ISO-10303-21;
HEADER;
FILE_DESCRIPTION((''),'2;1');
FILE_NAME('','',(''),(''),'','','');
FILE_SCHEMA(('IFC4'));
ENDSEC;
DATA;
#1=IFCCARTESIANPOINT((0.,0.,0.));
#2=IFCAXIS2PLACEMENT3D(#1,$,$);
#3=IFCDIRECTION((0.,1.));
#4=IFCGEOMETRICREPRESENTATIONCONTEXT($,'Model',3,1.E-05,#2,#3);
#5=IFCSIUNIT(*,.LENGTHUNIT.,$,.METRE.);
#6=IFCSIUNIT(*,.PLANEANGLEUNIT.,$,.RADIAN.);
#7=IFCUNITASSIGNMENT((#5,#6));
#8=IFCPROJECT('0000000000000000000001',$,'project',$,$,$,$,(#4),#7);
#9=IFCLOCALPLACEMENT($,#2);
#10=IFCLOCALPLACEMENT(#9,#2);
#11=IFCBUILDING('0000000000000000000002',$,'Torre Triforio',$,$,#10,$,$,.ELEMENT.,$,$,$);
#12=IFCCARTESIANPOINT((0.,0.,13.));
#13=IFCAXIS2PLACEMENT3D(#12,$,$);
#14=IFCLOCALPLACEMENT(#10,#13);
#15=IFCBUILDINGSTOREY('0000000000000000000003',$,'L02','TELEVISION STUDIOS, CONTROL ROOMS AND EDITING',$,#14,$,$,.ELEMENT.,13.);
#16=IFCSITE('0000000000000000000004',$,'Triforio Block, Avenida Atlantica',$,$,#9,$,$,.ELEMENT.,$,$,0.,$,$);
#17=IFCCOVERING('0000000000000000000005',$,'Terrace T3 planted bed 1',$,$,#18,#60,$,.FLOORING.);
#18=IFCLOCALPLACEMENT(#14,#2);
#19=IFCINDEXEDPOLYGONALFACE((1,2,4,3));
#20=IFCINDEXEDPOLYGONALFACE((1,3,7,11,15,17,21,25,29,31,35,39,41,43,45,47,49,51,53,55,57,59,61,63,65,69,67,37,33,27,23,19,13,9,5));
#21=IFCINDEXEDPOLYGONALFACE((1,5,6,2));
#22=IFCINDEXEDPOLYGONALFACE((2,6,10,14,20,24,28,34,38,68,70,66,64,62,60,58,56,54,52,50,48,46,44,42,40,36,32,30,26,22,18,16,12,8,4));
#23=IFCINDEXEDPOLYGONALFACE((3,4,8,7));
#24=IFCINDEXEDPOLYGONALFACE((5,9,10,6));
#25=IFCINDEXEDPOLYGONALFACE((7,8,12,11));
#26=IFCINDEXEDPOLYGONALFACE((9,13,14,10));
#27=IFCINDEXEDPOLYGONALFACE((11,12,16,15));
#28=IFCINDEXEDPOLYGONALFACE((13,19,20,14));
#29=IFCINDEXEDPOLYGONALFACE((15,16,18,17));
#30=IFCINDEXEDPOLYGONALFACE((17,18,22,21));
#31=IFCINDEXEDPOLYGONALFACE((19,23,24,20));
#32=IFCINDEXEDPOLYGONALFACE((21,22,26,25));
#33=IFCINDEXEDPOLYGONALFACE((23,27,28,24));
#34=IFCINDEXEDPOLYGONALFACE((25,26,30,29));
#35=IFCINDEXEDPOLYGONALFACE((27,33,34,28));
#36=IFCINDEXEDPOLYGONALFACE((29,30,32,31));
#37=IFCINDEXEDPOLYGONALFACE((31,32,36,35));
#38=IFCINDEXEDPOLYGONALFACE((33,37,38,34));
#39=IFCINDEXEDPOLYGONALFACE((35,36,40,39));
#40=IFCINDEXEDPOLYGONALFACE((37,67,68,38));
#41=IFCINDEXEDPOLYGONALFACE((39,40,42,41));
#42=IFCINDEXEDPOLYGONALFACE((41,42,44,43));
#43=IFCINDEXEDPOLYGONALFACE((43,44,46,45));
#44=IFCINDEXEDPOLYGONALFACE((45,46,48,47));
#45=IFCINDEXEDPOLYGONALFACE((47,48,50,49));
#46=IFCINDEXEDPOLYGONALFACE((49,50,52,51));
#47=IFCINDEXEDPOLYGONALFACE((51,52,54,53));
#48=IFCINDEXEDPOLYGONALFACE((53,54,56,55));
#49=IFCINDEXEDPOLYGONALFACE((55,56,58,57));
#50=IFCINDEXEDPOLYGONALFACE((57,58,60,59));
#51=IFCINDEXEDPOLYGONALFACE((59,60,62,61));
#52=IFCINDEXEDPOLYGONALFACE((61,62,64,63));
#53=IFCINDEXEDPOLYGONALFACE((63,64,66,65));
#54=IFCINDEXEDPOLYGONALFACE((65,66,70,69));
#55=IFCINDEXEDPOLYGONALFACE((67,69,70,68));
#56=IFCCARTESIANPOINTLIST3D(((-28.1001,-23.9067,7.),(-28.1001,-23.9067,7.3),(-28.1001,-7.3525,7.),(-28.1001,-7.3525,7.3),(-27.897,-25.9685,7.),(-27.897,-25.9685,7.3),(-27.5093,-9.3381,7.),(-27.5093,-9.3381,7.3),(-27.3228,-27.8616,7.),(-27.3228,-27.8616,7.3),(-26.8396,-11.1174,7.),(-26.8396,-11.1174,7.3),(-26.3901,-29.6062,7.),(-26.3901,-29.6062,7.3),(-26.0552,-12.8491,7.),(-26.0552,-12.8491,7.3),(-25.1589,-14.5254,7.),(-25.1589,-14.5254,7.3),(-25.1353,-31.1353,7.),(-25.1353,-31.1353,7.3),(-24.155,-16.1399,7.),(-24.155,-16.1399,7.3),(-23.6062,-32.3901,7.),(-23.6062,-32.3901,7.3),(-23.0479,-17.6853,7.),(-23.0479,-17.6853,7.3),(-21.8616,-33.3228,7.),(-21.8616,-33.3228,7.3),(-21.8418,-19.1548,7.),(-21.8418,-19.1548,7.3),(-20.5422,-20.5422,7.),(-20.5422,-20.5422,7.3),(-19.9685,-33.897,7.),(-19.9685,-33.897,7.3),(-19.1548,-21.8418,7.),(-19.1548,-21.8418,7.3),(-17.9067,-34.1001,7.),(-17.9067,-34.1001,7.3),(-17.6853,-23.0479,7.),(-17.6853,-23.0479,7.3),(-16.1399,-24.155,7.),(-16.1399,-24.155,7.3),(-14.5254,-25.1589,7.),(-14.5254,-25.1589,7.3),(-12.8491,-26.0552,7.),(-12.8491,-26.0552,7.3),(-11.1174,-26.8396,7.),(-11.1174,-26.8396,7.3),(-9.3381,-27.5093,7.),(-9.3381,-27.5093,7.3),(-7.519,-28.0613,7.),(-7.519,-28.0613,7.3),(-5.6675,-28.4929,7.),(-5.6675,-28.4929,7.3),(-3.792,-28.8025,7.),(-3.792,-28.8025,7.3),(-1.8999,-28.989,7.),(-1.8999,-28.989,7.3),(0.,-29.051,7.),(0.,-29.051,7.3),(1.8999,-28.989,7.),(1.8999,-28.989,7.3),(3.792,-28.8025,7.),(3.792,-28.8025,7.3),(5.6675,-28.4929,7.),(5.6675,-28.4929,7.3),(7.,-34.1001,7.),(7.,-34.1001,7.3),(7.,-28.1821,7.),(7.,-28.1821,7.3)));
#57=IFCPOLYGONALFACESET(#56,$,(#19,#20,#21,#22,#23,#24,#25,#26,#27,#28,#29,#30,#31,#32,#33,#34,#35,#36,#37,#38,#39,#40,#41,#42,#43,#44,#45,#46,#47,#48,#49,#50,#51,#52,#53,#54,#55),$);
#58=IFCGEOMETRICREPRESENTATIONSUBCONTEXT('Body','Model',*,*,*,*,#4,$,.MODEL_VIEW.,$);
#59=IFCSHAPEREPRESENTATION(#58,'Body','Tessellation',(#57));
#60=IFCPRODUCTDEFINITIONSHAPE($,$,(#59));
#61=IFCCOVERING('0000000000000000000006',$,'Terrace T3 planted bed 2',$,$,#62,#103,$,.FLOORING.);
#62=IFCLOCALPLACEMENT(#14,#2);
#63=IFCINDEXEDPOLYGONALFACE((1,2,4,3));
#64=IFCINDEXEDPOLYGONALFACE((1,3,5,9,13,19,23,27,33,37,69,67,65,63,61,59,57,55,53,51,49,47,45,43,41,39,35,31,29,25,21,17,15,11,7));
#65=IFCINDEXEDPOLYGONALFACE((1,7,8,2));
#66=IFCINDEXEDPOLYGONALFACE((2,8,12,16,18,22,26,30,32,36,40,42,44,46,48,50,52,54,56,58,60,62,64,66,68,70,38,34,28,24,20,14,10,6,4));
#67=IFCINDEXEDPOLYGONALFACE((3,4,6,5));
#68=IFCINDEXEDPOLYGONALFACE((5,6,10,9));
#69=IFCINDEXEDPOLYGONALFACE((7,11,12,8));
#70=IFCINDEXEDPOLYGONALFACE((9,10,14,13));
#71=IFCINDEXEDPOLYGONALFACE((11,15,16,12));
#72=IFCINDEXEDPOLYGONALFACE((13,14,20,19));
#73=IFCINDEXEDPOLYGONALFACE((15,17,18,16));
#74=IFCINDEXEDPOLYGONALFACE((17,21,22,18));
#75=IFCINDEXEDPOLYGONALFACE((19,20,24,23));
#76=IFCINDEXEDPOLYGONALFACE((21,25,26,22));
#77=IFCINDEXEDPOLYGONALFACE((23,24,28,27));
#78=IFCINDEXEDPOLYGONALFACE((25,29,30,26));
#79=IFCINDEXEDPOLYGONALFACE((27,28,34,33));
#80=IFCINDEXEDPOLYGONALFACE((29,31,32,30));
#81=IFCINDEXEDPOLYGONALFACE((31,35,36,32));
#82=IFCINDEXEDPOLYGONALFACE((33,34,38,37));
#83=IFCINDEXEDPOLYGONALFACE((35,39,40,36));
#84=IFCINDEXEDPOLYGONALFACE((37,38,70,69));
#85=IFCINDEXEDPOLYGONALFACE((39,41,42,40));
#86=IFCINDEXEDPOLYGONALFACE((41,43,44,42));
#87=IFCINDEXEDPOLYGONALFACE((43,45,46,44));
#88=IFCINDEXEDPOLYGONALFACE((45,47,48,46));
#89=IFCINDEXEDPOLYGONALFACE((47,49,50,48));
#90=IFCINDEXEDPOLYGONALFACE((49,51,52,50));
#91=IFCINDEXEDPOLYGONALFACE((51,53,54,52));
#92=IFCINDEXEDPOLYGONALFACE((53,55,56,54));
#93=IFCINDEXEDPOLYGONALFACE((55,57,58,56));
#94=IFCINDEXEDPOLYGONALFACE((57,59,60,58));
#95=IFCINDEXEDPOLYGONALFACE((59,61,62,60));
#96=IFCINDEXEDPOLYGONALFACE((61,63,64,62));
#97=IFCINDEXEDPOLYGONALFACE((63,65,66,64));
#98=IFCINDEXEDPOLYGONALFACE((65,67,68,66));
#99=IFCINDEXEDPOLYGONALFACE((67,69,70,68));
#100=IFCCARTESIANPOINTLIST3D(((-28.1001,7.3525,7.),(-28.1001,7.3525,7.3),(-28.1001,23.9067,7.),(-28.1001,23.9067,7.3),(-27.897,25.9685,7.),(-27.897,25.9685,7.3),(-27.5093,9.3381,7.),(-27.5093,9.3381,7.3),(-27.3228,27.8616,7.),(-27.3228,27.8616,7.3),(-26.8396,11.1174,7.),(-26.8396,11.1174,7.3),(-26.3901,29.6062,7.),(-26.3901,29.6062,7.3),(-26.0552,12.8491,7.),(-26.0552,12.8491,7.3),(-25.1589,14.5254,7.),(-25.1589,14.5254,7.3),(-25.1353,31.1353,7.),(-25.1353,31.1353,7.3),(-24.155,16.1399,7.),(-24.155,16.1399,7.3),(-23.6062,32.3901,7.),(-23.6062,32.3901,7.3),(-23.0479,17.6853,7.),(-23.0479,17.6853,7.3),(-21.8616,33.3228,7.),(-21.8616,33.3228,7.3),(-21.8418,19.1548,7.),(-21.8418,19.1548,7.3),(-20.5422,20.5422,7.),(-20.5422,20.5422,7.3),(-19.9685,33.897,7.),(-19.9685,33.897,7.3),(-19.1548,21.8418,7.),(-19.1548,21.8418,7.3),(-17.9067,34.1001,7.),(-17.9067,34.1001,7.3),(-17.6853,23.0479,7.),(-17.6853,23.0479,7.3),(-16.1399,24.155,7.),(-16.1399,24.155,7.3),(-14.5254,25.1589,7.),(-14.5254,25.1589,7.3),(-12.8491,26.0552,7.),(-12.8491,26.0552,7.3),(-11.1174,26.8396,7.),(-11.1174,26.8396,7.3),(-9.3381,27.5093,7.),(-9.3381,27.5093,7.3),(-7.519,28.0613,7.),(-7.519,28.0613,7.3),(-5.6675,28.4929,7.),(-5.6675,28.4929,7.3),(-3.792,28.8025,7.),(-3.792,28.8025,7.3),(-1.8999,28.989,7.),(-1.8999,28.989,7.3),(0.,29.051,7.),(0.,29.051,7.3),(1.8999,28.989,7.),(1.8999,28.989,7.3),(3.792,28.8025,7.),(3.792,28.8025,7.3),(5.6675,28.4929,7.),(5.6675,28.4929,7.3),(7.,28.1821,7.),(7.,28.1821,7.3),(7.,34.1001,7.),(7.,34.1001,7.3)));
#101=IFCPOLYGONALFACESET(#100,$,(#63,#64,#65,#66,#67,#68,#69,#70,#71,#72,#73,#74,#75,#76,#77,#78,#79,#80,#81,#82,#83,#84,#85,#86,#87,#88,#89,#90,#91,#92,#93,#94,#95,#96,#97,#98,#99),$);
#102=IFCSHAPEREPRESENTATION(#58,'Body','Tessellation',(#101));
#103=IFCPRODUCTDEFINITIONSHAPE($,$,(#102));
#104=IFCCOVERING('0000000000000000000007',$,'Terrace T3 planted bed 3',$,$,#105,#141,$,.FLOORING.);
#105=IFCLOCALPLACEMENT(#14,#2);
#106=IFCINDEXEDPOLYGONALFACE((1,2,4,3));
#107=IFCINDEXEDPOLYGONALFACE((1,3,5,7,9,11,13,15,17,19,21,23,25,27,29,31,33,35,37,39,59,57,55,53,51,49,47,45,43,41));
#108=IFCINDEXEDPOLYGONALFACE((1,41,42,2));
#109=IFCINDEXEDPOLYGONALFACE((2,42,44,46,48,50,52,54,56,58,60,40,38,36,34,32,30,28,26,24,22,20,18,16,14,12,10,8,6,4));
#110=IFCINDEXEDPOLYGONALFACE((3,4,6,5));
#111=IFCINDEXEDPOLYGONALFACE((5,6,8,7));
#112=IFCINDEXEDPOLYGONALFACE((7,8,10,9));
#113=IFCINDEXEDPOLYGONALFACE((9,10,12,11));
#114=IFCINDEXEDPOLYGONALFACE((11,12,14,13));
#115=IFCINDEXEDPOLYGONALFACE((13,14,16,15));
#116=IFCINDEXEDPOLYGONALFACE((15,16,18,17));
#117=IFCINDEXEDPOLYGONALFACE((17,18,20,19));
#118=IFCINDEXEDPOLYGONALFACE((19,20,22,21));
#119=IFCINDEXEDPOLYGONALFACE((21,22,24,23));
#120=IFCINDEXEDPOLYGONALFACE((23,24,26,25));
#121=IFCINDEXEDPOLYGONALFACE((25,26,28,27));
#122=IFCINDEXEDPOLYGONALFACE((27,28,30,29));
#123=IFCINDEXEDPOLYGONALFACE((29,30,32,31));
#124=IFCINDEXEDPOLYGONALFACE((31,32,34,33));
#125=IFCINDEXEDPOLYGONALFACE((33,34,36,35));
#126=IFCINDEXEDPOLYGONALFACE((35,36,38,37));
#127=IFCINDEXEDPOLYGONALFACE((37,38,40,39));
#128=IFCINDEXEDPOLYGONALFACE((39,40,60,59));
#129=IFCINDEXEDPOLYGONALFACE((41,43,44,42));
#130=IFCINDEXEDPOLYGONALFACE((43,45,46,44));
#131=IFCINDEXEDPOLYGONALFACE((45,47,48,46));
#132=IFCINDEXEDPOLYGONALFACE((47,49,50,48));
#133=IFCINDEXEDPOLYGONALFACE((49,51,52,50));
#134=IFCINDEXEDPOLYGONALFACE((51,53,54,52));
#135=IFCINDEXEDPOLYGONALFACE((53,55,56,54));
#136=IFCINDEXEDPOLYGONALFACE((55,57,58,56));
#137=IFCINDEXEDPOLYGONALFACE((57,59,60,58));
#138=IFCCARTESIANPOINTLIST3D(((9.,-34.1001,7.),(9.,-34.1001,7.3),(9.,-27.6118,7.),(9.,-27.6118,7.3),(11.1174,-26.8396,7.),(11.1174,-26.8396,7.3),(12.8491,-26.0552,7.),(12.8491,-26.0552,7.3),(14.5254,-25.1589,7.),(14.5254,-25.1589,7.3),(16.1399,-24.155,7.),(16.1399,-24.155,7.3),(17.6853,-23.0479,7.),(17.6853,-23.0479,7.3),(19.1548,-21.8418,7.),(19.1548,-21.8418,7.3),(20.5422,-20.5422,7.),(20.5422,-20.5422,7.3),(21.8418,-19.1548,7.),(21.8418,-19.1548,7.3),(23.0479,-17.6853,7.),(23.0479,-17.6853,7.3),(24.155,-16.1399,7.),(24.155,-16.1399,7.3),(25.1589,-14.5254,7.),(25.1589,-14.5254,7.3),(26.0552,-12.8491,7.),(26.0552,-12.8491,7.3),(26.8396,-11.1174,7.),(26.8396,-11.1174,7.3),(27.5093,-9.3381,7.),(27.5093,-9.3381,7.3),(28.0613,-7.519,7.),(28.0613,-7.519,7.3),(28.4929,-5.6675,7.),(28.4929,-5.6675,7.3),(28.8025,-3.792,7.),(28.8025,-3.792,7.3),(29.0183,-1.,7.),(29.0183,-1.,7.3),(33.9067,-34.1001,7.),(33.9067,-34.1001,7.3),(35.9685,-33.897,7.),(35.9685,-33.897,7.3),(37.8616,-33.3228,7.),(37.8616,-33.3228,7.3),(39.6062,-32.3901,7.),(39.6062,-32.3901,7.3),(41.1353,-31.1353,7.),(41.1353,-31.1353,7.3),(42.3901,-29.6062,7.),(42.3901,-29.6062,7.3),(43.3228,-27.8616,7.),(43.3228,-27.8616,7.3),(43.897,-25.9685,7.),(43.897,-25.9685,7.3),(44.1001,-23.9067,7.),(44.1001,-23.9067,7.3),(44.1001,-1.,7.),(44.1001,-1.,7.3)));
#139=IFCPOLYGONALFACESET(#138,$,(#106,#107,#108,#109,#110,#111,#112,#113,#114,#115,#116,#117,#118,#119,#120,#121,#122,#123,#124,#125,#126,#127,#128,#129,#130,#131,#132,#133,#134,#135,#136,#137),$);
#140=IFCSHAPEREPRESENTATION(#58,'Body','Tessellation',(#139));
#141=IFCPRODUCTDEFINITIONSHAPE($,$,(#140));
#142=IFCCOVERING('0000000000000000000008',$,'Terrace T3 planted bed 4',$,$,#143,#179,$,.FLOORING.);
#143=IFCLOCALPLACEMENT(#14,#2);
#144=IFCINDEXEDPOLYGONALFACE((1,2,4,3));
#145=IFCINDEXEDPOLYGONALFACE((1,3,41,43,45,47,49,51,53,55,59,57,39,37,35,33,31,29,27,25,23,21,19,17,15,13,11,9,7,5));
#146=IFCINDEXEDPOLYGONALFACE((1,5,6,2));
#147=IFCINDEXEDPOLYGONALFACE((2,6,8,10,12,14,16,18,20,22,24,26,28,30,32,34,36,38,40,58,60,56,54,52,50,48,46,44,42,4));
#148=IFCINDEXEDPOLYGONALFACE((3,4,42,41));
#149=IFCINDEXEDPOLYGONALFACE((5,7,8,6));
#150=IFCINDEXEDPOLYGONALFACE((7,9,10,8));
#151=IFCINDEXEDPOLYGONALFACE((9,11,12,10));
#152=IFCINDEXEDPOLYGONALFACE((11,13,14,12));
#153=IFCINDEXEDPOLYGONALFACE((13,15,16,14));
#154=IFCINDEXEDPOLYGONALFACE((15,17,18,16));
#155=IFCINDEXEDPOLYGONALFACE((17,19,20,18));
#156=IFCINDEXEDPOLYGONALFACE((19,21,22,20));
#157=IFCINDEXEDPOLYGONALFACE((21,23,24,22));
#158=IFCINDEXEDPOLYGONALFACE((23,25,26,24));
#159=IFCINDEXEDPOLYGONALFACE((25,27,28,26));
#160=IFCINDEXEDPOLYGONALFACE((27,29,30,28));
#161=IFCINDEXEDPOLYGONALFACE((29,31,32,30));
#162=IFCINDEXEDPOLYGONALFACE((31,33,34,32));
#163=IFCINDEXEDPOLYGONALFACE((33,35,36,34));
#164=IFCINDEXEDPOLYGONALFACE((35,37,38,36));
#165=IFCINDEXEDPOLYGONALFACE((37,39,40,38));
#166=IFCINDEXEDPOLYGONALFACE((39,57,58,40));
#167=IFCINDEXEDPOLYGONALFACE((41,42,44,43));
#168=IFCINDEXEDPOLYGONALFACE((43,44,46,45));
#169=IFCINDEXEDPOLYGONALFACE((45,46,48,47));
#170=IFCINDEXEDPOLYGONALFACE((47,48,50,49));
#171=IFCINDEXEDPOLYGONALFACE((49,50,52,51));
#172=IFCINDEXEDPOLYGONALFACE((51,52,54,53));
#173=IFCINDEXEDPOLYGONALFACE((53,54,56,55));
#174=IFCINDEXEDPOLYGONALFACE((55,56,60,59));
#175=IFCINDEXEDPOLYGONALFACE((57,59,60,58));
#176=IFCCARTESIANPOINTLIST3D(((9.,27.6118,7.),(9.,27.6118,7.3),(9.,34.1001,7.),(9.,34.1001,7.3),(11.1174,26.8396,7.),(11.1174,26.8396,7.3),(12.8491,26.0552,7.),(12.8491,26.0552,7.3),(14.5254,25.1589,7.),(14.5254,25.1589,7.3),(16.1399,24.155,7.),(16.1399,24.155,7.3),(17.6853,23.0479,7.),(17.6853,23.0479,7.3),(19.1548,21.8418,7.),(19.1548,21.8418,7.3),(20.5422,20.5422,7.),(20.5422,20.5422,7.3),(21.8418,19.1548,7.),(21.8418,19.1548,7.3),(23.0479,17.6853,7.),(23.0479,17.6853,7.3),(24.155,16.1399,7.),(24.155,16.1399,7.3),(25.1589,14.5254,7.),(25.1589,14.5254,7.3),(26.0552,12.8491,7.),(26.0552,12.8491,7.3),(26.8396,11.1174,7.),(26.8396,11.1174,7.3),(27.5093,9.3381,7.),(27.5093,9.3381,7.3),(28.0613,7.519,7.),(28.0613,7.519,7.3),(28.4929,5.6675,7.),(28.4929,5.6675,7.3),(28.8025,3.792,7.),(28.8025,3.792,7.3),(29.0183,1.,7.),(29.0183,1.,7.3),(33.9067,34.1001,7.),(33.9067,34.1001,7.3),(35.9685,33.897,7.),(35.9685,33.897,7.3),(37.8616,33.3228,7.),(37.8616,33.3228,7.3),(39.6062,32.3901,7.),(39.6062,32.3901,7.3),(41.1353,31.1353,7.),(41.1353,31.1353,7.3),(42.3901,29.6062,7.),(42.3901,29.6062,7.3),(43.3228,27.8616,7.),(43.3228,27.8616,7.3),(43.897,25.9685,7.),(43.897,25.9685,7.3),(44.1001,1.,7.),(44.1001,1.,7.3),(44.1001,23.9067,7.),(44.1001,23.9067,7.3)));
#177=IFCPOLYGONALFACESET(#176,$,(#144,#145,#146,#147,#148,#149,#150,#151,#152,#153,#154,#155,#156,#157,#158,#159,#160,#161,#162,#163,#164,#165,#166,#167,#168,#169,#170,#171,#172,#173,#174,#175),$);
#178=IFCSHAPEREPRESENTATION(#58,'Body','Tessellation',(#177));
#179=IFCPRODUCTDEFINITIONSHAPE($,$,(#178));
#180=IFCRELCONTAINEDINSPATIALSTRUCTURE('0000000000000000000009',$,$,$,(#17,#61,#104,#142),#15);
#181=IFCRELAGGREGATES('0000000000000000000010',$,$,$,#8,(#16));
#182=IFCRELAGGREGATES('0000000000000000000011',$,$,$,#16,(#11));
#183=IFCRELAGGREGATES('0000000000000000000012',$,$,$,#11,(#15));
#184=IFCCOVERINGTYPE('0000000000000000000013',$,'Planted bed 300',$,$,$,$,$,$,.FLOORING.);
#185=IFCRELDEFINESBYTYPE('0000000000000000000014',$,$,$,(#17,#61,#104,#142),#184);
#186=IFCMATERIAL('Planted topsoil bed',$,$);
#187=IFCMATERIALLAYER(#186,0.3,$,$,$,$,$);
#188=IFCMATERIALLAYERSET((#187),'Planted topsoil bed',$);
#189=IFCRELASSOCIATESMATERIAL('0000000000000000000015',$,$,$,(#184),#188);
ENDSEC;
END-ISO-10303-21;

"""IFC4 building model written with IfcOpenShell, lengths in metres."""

from ifc_helpers import new_model, si_unit, direction, frame, origin, place, context, subcontext, project, spatial, polyline, outline, extrude, material, layer, layer_set, type_object, element, save


model = new_model("IFC4")

# Units and contexts
model_context = context("Model", 3, precision=1e-05, world=origin(), true_north=direction((0.0, 1.0)))
body_context = subcontext(model_context, "Body", "Model", "MODEL_VIEW")
ifc_project = project(units=[si_unit("LENGTHUNIT", "METRE"), si_unit("PLANEANGLEUNIT", "RADIAN")], contexts=[model_context])

# Site, building, storey
site_placement = place(None, origin())
site = spatial("IfcSite", under=ifc_project, at=site_placement, Name="Triforio Block, Avenida Atlantica", CompositionType="ELEMENT", RefElevation=0.0)
building_placement = place(site_placement, origin())
building = spatial("IfcBuilding", under=site, at=building_placement, Name="Torre Triforio", CompositionType="ELEMENT")
storey_placement = place(building_placement, frame((0.0, 0.0, 13.0)))
storey = spatial("IfcBuildingStorey", under=building, at=storey_placement, Name="L02", Description="TELEVISION STUDIOS, CONTROL ROOMS AND EDITING", CompositionType="ELEMENT", Elevation=13.0)

# Coverings
ifc_material_1 = material(Name="Planted topsoil bed")
ifc_layer_1 = layer(ifc_material_1, 0.3)
ifc_layer_set_1 = layer_set([ifc_layer_1], Name="Planted topsoil bed")
covering_type = type_object("IfcCoveringType", Name="Planted bed 300", PredefinedType="FLOORING", material=ifc_layer_set_1)
covering_1_placement = place(storey_placement, frame((0.0, 0.0, 7.0)))
element("IfcCovering", 1, at=covering_1_placement, inside=storey, type_object=covering_type, Name="Terrace T3 planted bed 1", PredefinedType="FLOORING", context=body_context, shape_type="SweptSolid", body=[
    extrude(outline(polyline([(-21.8616, -33.3228), (-23.6062, -32.3901), (-25.1353, -31.1353), (-26.3901, -29.6062), (-27.3228, -27.8616), (-27.897, -25.9685), (-28.1001, -23.9067), (-28.1001, -7.3525), (-27.5093, -9.3381), (-26.8396, -11.1174), (-26.0552, -12.8491), (-25.1589, -14.5254), (-24.155, -16.1399), (-23.0479, -17.6853), (-21.8418, -19.1548), (-20.5422, -20.5422), (-19.1548, -21.8418), (-17.6853, -23.0479), (-16.1399, -24.155), (-14.5254, -25.1589), (-12.8491, -26.0552), (-11.1174, -26.8396), (-9.3381, -27.5093), (-7.519, -28.0613), (-5.6675, -28.4929), (-3.792, -28.8025), (-1.8999, -28.989), (0.0, -29.051), (1.8999, -28.989), (3.792, -28.8025), (5.6675, -28.4929), (7.0, -28.1821), (7.0, -34.1001), (-17.9067, -34.1001), (-19.9685, -33.897), (-21.8616, -33.3228)])), origin(), (0.0, 0.0, 1.0), 0.3),
])
covering_2_placement = place(storey_placement, frame((0.0, 0.0, 7.0)))
element("IfcCovering", 2, at=covering_2_placement, inside=storey, type_object=covering_type, Name="Terrace T3 planted bed 2", PredefinedType="FLOORING", context=body_context, shape_type="SweptSolid", body=[
    extrude(outline(polyline([(5.6675, 28.4929), (3.792, 28.8025), (1.8999, 28.989), (0.0, 29.051), (-1.8999, 28.989), (-3.792, 28.8025), (-5.6675, 28.4929), (-7.519, 28.0613), (-9.3381, 27.5093), (-11.1174, 26.8396), (-12.8491, 26.0552), (-14.5254, 25.1589), (-16.1399, 24.155), (-17.6853, 23.0479), (-19.1548, 21.8418), (-20.5422, 20.5422), (-21.8418, 19.1548), (-23.0479, 17.6853), (-24.155, 16.1399), (-25.1589, 14.5254), (-26.0552, 12.8491), (-26.8396, 11.1174), (-27.5093, 9.3381), (-28.1001, 7.3525), (-28.1001, 23.9067), (-27.897, 25.9685), (-27.3228, 27.8616), (-26.3901, 29.6062), (-25.1353, 31.1353), (-23.6062, 32.3901), (-21.8616, 33.3228), (-19.9685, 33.897), (-17.9067, 34.1001), (7.0, 34.1001), (7.0, 28.1821), (5.6675, 28.4929)])), origin(), (0.0, 0.0, 1.0), 0.3),
])
covering_3_placement = place(storey_placement, frame((0.0, 0.0, 7.0)))
element("IfcCovering", 3, at=covering_3_placement, inside=storey, type_object=covering_type, Name="Terrace T3 planted bed 3", PredefinedType="FLOORING", context=body_context, shape_type="SweptSolid", body=[
    extrude(outline(polyline([(9.0, -27.6118), (11.1174, -26.8396), (12.8491, -26.0552), (14.5254, -25.1589), (16.1399, -24.155), (17.6853, -23.0479), (19.1548, -21.8418), (20.5422, -20.5422), (21.8418, -19.1548), (23.0479, -17.6853), (24.155, -16.1399), (25.1589, -14.5254), (26.0552, -12.8491), (26.8396, -11.1174), (27.5093, -9.3381), (28.0613, -7.519), (28.4929, -5.6675), (28.8025, -3.792), (29.0183, -1.0), (44.1001, -1.0), (44.1001, -23.9067), (43.897, -25.9685), (43.3228, -27.8616), (42.3901, -29.6062), (41.1353, -31.1353), (39.6062, -32.3901), (37.8616, -33.3228), (35.9685, -33.897), (33.9067, -34.1001), (9.0, -34.1001), (9.0, -27.6118)])), origin(), (0.0, 0.0, 1.0), 0.3),
])
covering_4_placement = place(storey_placement, frame((0.0, 0.0, 7.0)))
element("IfcCovering", 4, at=covering_4_placement, inside=storey, type_object=covering_type, Name="Terrace T3 planted bed 4", PredefinedType="FLOORING", context=body_context, shape_type="SweptSolid", body=[
    extrude(outline(polyline([(28.8025, 3.792), (28.4929, 5.6675), (28.0613, 7.519), (27.5093, 9.3381), (26.8396, 11.1174), (26.0552, 12.8491), (25.1589, 14.5254), (24.155, 16.1399), (23.0479, 17.6853), (21.8418, 19.1548), (20.5422, 20.5422), (19.1548, 21.8418), (17.6853, 23.0479), (16.1399, 24.155), (14.5254, 25.1589), (12.8491, 26.0552), (11.1174, 26.8396), (9.0, 27.6118), (9.0, 34.1001), (33.9067, 34.1001), (35.9685, 33.897), (37.8616, 33.3228), (39.6062, 32.3901), (41.1353, 31.1353), (42.3901, 29.6062), (43.3228, 27.8616), (43.897, 25.9685), (44.1001, 23.9067), (44.1001, 1.0), (29.0183, 1.0), (28.8025, 3.792)])), origin(), (0.0, 0.0, 1.0), 0.3),
])

save(model, "model.ifc")
